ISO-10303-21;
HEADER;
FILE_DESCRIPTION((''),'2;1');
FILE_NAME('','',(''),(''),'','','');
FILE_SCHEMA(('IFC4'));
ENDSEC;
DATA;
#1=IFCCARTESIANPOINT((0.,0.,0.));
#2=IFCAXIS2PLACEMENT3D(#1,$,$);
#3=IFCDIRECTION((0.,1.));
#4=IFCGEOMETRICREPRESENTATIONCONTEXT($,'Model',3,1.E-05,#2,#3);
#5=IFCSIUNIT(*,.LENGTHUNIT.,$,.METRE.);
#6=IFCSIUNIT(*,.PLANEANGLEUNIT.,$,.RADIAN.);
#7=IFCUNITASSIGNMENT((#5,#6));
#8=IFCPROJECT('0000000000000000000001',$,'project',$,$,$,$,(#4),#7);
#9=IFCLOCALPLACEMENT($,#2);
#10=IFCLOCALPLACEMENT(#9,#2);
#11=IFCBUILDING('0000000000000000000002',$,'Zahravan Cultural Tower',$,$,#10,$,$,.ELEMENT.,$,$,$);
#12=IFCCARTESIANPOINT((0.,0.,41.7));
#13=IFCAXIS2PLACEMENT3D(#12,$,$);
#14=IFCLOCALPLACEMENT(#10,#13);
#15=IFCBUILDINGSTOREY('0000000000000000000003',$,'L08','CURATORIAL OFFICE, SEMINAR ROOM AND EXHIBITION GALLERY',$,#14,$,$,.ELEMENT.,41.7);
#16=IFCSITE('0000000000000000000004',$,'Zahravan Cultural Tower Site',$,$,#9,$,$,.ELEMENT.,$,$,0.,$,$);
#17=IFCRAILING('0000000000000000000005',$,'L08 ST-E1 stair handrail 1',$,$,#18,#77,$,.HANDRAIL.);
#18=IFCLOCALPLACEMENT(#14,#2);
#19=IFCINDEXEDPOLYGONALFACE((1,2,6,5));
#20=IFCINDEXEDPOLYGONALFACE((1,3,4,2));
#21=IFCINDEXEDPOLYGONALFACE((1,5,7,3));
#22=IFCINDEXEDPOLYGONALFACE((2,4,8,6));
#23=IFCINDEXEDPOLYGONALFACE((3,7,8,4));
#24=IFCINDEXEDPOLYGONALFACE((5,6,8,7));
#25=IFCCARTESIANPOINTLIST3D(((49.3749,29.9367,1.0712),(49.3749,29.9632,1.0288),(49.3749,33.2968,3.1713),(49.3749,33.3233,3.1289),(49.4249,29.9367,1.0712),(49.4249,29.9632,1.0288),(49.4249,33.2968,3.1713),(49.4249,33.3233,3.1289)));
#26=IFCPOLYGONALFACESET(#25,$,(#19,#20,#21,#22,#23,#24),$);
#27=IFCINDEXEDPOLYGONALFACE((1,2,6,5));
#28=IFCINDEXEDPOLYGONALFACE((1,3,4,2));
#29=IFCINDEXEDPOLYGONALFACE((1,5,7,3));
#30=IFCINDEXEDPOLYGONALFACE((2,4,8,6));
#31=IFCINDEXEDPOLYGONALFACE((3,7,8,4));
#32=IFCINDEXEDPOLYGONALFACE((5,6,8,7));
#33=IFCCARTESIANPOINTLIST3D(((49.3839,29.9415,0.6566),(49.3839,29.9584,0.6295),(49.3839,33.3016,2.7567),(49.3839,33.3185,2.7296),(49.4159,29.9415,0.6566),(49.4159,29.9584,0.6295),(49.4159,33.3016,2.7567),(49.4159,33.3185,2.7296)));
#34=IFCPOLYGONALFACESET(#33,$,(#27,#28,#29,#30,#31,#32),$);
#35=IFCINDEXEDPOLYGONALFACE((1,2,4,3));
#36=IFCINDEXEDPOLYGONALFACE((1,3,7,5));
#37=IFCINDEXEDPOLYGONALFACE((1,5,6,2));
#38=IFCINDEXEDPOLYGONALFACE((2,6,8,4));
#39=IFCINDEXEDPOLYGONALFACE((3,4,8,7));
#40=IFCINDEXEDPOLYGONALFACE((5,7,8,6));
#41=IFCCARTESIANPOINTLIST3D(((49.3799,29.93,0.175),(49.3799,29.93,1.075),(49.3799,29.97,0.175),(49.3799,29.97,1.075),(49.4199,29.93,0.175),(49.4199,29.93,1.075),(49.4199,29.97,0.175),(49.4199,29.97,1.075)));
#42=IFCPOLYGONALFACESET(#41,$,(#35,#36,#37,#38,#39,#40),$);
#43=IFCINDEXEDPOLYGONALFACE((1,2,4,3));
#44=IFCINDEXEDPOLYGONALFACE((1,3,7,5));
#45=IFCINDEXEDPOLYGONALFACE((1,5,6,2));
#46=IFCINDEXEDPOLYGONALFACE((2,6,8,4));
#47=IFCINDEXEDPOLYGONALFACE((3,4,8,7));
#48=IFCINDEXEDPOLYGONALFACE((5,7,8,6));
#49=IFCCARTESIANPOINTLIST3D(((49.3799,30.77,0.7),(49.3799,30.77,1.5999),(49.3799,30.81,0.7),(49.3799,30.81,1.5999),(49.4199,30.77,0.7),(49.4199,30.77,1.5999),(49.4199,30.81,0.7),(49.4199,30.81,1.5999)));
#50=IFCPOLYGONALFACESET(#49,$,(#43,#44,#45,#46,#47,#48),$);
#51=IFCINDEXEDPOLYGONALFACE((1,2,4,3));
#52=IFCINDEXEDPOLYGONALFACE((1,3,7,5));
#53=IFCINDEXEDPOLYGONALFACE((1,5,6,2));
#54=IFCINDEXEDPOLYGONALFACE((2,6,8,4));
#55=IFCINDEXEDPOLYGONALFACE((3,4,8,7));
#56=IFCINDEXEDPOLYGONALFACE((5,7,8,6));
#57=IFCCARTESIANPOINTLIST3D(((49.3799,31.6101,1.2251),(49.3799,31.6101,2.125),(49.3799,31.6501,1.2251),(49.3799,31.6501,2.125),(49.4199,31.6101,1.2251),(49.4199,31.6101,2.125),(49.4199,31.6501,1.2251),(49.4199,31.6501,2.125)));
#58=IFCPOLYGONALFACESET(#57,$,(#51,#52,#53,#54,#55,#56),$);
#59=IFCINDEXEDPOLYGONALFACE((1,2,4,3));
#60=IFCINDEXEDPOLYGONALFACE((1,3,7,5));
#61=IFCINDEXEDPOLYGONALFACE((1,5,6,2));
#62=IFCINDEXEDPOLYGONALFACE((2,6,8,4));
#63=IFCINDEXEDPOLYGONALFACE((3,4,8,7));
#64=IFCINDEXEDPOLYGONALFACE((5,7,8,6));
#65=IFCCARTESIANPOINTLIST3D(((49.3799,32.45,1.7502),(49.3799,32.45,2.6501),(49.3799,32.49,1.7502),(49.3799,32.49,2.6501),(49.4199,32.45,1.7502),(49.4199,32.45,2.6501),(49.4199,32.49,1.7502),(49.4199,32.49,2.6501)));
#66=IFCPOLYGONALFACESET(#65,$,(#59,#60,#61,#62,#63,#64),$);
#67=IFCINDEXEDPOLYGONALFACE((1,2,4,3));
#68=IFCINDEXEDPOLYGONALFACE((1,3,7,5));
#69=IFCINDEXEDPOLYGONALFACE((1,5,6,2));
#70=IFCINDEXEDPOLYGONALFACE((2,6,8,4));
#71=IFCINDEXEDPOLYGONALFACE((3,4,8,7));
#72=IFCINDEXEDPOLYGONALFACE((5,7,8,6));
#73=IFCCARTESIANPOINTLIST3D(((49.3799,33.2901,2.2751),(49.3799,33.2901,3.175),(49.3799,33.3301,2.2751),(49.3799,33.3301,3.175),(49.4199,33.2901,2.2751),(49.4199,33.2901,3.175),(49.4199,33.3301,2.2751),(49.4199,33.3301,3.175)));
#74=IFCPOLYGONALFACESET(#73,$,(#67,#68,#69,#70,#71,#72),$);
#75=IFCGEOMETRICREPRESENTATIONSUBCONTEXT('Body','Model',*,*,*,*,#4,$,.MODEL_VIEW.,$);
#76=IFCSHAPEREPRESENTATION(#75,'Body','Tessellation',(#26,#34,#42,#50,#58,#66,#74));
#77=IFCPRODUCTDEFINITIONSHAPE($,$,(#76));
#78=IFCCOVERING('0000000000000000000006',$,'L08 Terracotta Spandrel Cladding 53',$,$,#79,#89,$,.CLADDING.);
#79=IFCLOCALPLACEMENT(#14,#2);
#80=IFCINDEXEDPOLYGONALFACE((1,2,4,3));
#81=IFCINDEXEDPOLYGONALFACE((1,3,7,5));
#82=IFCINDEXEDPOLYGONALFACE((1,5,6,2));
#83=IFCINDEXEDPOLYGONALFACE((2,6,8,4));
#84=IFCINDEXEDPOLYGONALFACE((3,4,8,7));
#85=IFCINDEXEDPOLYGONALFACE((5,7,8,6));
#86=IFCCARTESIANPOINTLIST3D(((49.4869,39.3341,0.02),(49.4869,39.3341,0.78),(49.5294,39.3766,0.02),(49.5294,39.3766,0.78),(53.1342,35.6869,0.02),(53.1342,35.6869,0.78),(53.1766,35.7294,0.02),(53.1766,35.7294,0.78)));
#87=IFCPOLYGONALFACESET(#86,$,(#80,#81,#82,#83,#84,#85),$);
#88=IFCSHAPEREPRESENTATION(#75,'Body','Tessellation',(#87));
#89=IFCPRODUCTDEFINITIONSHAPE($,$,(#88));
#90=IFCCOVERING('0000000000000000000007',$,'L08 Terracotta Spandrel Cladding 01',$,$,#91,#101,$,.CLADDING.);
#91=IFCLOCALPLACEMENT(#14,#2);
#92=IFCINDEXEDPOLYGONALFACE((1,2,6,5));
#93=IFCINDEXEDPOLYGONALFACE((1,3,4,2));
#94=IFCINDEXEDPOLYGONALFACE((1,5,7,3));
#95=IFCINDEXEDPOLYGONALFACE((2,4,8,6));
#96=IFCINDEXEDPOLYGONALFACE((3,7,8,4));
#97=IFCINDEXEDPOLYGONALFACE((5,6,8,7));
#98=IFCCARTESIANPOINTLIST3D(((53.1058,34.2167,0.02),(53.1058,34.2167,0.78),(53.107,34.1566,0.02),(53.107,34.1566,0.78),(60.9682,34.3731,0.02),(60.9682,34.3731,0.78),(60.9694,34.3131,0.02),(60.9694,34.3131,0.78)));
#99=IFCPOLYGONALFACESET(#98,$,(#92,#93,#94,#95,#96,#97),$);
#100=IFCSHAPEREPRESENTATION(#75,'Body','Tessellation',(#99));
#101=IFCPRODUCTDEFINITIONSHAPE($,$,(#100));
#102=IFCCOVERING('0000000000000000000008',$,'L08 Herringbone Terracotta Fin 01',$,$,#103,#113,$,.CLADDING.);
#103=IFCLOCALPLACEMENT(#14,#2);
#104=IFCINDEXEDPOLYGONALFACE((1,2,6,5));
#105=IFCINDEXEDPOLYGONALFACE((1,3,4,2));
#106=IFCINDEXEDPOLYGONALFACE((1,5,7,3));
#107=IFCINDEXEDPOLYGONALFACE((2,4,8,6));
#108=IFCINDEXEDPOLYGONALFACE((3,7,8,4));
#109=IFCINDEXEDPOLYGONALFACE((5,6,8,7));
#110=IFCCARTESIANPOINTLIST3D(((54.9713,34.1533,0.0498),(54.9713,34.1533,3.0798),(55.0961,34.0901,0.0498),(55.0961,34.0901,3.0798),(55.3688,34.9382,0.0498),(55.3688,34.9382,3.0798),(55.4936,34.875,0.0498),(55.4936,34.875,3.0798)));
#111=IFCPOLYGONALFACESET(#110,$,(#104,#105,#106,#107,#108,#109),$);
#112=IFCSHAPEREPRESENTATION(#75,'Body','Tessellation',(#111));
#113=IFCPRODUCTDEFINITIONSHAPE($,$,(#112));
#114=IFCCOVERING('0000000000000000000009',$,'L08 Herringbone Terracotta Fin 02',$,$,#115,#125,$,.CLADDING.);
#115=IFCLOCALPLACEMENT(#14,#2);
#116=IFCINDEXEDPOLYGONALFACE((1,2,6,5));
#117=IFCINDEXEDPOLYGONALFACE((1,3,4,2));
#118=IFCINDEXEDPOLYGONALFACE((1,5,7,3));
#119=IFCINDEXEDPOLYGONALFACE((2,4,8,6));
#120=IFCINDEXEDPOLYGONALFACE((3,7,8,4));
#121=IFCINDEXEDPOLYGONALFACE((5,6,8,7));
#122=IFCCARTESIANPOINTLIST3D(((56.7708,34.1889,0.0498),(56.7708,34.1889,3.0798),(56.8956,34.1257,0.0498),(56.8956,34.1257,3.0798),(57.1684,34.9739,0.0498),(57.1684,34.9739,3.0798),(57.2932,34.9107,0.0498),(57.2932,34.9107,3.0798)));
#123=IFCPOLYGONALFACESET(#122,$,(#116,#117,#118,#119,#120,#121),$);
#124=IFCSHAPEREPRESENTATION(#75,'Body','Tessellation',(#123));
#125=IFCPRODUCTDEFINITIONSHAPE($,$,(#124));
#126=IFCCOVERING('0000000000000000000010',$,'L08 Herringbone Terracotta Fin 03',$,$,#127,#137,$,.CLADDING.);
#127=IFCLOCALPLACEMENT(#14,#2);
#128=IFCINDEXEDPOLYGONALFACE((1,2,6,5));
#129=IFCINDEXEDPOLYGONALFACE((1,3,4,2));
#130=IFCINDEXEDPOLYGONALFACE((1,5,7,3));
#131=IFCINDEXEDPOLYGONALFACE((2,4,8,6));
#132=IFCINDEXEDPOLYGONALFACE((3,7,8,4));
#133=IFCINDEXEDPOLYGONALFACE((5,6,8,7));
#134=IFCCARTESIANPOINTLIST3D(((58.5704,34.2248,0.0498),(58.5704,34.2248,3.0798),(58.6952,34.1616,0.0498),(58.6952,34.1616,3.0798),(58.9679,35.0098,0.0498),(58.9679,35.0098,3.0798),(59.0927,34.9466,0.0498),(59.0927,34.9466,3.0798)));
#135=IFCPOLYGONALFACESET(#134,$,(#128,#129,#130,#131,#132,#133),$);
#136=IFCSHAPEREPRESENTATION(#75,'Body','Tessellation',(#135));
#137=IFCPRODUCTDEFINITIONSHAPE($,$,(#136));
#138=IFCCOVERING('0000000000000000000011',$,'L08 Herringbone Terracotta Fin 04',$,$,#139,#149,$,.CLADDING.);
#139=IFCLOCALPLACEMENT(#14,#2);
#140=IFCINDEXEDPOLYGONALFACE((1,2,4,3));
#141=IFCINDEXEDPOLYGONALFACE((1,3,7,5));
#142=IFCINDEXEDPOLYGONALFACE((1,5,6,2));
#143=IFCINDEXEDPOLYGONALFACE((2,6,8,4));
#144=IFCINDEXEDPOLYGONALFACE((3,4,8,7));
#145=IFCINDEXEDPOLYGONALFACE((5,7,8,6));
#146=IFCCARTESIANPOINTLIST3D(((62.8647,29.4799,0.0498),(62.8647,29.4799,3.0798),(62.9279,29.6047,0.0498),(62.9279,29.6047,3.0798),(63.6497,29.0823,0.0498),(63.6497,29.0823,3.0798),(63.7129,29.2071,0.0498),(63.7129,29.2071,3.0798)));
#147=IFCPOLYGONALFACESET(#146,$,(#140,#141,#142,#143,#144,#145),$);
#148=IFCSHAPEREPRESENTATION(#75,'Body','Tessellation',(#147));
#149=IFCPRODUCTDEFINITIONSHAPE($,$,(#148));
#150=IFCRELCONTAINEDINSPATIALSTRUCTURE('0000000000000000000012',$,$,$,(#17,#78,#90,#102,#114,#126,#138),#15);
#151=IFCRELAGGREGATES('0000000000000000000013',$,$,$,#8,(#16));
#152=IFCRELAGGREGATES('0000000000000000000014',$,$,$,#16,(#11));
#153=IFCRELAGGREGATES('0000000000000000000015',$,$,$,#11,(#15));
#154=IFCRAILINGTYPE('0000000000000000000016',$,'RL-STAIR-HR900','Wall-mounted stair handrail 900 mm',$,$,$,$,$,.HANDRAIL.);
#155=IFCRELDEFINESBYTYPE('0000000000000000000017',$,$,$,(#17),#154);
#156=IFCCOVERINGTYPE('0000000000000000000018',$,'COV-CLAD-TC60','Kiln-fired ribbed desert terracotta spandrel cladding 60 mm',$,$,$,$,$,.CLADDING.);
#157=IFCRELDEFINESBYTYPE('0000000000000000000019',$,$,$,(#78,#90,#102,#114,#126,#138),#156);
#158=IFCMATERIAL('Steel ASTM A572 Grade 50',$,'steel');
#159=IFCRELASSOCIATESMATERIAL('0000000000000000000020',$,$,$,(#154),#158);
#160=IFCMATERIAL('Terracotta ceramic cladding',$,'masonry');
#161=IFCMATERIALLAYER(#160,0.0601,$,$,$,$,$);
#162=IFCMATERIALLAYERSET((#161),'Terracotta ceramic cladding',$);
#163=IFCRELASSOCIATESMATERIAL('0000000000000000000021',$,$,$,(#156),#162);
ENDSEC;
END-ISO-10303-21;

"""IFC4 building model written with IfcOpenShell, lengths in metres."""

from ifc_helpers import new_model, si_unit, direction, frame, origin, origin_2d, place, context, subcontext, project, spatial, rectangle, extrude, source, transform, mapped, material, layer, layer_set, type_object, element, save


model = new_model("IFC4")

# Units and contexts
model_context = context("Model", 3, precision=1e-05, world=origin(), true_north=direction((0.0, 1.0)))
body_context = subcontext(model_context, "Body", "Model", "MODEL_VIEW")
ifc_project = project(units=[si_unit("LENGTHUNIT", "METRE"), si_unit("PLANEANGLEUNIT", "RADIAN")], contexts=[model_context])

# Site, building, storey
site_placement = place(None, origin())
site = spatial("IfcSite", under=ifc_project, at=site_placement, Name="Zahravan Cultural Tower Site", CompositionType="ELEMENT", RefElevation=0.0)
building_placement = place(site_placement, origin())
building = spatial("IfcBuilding", under=site, at=building_placement, Name="Zahravan Cultural Tower", CompositionType="ELEMENT")
storey_placement = place(building_placement, frame((0.0, 0.0, 41.7)))
storey = spatial("IfcBuildingStorey", under=building, at=storey_placement, Name="L08", Description="CURATORIAL OFFICE, SEMINAR ROOM AND EXHIBITION GALLERY", CompositionType="ELEMENT", Elevation=41.7)

# Shared definitions
ifc_material_1 = material(Name="Steel ASTM A572 Grade 50", Category="steel")

# Railing
railing_type_1 = type_object("IfcRailingType", Name="RL-STAIR-HR900", Description="Wall-mounted stair handrail 900 mm", PredefinedType="HANDRAIL", material=ifc_material_1)
railing_1_placement = place(storey_placement, frame((49.3999, 29.95, 0.175)))
element("IfcRailing", 1, at=railing_1_placement, inside=storey, type_object=railing_type_1, Name="L08 ST-E1 stair handrail 1", PredefinedType="HANDRAIL", context=body_context, shape_type="SweptSolid", body=[
    extrude(rectangle(XDim=0.05, YDim=0.05, at=origin_2d()), frame((0.0, 0.0, 0.875), z_axis=(0.0, 0.847995, 0.530004), x_axis=(-1.0, 0.0, 0.0)), (0.0, 0.0, 1.0), 3.9624),
    extrude(rectangle(XDim=0.032, YDim=0.032, at=origin_2d()), frame((0.0, 0.0, 0.468), z_axis=(0.0, 0.847995, 0.530004), x_axis=(-1.0, 0.0, 0.0)), (0.0, 0.0, 1.0), 3.9624),
    extrude(rectangle(XDim=0.04, YDim=0.04, at=origin_2d()), origin(), (0.0, 0.0, 1.0), 0.8999),
    extrude(rectangle(XDim=0.04, YDim=0.04, at=origin_2d()), frame((0.0, 0.8401, 0.5249)), (0.0, 0.0, 1.0), 0.8999),
    extrude(rectangle(XDim=0.04, YDim=0.04, at=origin_2d()), frame((0.0, 1.6802, 1.05)), (0.0, 0.0, 1.0), 0.8999),
    extrude(rectangle(XDim=0.04, YDim=0.04, at=origin_2d()), frame((0.0, 2.52, 1.5752)), (0.0, 0.0, 1.0), 0.8999),
    extrude(rectangle(XDim=0.04, YDim=0.04, at=origin_2d()), frame((0.0, 3.3601, 2.1001)), (0.0, 0.0, 1.0), 0.8999),
])

# Coverings
ifc_material_2 = material(Name="Terracotta ceramic cladding", Category="masonry")
ifc_layer_1 = layer(ifc_material_2, 0.0601)
ifc_layer_set_1 = layer_set([ifc_layer_1], Name="Terracotta ceramic cladding")
covering_type = type_object("IfcCoveringType", Name="COV-CLAD-TC60", Description="Kiln-fired ribbed desert terracotta spandrel cladding 60 mm", PredefinedType="CLADDING", material=ifc_layer_set_1)
shared_shape_1 = source(origin(), body_context, "Body", "SweptSolid", [
    extrude(rectangle(XDim=5.158, YDim=0.0601, at=origin_2d()), origin(), (0.0, 0.0, 1.0), 0.76),
])
covering_1_placement = place(storey_placement, frame((51.3318, 37.5317, 0.02), z_axis=(0.0, 0.0, 1.0), x_axis=(0.707107, -0.707107, 0.0)))
element("IfcCovering", 2, at=covering_1_placement, inside=storey, type_object=covering_type, Name="L08 Terracotta Spandrel Cladding 53", PredefinedType="CLADDING", context=body_context, shape_type="MappedRepresentation", body=[
    mapped(shared_shape_1, transform((0.0, 0.0, 0.0), x_axis=(1.0, 0.0, 0.0), y_axis=(0.0, 1.0, 0.0), z_axis=(0.0, 0.0, 1.0), scale=1.0)),
])
shared_shape_2 = source(origin(), body_context, "Body", "SweptSolid", [
    extrude(rectangle(XDim=7.864, YDim=0.0601, at=origin_2d()), origin(), (0.0, 0.0, 1.0), 0.76),
])
covering_2_placement = place(storey_placement, frame((57.0376, 34.2649, 0.02), z_axis=(0.0, 0.0, 1.0), x_axis=(0.999802, 0.019895, 0.0)))
element("IfcCovering", 3, at=covering_2_placement, inside=storey, type_object=covering_type, Name="L08 Terracotta Spandrel Cladding 01", PredefinedType="CLADDING", context=body_context, shape_type="MappedRepresentation", body=[
    mapped(shared_shape_2, transform((0.0, 0.0, 0.0), x_axis=(1.0, 0.0, 0.0), y_axis=(0.0, 1.0, 0.0), z_axis=(0.0, 0.0, 1.0), scale=1.0)),
])
shared_shape_3 = source(origin(), body_context, "Body", "SweptSolid", [
    extrude(rectangle(XDim=0.8799, YDim=0.1399, at=origin_2d()), origin(), (0.0, 0.0, 1.0), 3.03),
])
for number, where, z_axis, x_axis, name in (
    (4, (55.2324, 34.5142, 0.0498), (0.0, 0.0, 1.0), (0.451812, 0.892113, 0.0), "L08 Herringbone Terracotta Fin 01"),
    (5, (57.032, 34.5498, 0.0498), (0.0, 0.0, 1.0), (0.451812, 0.892113, 0.0), "L08 Herringbone Terracotta Fin 02"),
    (6, (58.8315, 34.5857, 0.0498), (0.0, 0.0, 1.0), (0.451812, 0.892113, 0.0), "L08 Herringbone Terracotta Fin 03"),
    (7, (63.2888, 29.3435, 0.0498), (0.0, 0.0, 1.0), (0.892113, -0.451812, 0.0), "L08 Herringbone Terracotta Fin 04"),
):
    element("IfcCovering", number, at=place(storey_placement, frame(where, z_axis=z_axis, x_axis=x_axis)), inside=storey, type_object=covering_type, Name=name, PredefinedType="CLADDING", context=body_context, shape_type="MappedRepresentation", body=[
        mapped(shared_shape_3, transform((0.0, 0.0, 0.0), x_axis=(1.0, 0.0, 0.0), y_axis=(0.0, 1.0, 0.0), z_axis=(0.0, 0.0, 1.0), scale=1.0)),
    ])

save(model, "model.ifc")
